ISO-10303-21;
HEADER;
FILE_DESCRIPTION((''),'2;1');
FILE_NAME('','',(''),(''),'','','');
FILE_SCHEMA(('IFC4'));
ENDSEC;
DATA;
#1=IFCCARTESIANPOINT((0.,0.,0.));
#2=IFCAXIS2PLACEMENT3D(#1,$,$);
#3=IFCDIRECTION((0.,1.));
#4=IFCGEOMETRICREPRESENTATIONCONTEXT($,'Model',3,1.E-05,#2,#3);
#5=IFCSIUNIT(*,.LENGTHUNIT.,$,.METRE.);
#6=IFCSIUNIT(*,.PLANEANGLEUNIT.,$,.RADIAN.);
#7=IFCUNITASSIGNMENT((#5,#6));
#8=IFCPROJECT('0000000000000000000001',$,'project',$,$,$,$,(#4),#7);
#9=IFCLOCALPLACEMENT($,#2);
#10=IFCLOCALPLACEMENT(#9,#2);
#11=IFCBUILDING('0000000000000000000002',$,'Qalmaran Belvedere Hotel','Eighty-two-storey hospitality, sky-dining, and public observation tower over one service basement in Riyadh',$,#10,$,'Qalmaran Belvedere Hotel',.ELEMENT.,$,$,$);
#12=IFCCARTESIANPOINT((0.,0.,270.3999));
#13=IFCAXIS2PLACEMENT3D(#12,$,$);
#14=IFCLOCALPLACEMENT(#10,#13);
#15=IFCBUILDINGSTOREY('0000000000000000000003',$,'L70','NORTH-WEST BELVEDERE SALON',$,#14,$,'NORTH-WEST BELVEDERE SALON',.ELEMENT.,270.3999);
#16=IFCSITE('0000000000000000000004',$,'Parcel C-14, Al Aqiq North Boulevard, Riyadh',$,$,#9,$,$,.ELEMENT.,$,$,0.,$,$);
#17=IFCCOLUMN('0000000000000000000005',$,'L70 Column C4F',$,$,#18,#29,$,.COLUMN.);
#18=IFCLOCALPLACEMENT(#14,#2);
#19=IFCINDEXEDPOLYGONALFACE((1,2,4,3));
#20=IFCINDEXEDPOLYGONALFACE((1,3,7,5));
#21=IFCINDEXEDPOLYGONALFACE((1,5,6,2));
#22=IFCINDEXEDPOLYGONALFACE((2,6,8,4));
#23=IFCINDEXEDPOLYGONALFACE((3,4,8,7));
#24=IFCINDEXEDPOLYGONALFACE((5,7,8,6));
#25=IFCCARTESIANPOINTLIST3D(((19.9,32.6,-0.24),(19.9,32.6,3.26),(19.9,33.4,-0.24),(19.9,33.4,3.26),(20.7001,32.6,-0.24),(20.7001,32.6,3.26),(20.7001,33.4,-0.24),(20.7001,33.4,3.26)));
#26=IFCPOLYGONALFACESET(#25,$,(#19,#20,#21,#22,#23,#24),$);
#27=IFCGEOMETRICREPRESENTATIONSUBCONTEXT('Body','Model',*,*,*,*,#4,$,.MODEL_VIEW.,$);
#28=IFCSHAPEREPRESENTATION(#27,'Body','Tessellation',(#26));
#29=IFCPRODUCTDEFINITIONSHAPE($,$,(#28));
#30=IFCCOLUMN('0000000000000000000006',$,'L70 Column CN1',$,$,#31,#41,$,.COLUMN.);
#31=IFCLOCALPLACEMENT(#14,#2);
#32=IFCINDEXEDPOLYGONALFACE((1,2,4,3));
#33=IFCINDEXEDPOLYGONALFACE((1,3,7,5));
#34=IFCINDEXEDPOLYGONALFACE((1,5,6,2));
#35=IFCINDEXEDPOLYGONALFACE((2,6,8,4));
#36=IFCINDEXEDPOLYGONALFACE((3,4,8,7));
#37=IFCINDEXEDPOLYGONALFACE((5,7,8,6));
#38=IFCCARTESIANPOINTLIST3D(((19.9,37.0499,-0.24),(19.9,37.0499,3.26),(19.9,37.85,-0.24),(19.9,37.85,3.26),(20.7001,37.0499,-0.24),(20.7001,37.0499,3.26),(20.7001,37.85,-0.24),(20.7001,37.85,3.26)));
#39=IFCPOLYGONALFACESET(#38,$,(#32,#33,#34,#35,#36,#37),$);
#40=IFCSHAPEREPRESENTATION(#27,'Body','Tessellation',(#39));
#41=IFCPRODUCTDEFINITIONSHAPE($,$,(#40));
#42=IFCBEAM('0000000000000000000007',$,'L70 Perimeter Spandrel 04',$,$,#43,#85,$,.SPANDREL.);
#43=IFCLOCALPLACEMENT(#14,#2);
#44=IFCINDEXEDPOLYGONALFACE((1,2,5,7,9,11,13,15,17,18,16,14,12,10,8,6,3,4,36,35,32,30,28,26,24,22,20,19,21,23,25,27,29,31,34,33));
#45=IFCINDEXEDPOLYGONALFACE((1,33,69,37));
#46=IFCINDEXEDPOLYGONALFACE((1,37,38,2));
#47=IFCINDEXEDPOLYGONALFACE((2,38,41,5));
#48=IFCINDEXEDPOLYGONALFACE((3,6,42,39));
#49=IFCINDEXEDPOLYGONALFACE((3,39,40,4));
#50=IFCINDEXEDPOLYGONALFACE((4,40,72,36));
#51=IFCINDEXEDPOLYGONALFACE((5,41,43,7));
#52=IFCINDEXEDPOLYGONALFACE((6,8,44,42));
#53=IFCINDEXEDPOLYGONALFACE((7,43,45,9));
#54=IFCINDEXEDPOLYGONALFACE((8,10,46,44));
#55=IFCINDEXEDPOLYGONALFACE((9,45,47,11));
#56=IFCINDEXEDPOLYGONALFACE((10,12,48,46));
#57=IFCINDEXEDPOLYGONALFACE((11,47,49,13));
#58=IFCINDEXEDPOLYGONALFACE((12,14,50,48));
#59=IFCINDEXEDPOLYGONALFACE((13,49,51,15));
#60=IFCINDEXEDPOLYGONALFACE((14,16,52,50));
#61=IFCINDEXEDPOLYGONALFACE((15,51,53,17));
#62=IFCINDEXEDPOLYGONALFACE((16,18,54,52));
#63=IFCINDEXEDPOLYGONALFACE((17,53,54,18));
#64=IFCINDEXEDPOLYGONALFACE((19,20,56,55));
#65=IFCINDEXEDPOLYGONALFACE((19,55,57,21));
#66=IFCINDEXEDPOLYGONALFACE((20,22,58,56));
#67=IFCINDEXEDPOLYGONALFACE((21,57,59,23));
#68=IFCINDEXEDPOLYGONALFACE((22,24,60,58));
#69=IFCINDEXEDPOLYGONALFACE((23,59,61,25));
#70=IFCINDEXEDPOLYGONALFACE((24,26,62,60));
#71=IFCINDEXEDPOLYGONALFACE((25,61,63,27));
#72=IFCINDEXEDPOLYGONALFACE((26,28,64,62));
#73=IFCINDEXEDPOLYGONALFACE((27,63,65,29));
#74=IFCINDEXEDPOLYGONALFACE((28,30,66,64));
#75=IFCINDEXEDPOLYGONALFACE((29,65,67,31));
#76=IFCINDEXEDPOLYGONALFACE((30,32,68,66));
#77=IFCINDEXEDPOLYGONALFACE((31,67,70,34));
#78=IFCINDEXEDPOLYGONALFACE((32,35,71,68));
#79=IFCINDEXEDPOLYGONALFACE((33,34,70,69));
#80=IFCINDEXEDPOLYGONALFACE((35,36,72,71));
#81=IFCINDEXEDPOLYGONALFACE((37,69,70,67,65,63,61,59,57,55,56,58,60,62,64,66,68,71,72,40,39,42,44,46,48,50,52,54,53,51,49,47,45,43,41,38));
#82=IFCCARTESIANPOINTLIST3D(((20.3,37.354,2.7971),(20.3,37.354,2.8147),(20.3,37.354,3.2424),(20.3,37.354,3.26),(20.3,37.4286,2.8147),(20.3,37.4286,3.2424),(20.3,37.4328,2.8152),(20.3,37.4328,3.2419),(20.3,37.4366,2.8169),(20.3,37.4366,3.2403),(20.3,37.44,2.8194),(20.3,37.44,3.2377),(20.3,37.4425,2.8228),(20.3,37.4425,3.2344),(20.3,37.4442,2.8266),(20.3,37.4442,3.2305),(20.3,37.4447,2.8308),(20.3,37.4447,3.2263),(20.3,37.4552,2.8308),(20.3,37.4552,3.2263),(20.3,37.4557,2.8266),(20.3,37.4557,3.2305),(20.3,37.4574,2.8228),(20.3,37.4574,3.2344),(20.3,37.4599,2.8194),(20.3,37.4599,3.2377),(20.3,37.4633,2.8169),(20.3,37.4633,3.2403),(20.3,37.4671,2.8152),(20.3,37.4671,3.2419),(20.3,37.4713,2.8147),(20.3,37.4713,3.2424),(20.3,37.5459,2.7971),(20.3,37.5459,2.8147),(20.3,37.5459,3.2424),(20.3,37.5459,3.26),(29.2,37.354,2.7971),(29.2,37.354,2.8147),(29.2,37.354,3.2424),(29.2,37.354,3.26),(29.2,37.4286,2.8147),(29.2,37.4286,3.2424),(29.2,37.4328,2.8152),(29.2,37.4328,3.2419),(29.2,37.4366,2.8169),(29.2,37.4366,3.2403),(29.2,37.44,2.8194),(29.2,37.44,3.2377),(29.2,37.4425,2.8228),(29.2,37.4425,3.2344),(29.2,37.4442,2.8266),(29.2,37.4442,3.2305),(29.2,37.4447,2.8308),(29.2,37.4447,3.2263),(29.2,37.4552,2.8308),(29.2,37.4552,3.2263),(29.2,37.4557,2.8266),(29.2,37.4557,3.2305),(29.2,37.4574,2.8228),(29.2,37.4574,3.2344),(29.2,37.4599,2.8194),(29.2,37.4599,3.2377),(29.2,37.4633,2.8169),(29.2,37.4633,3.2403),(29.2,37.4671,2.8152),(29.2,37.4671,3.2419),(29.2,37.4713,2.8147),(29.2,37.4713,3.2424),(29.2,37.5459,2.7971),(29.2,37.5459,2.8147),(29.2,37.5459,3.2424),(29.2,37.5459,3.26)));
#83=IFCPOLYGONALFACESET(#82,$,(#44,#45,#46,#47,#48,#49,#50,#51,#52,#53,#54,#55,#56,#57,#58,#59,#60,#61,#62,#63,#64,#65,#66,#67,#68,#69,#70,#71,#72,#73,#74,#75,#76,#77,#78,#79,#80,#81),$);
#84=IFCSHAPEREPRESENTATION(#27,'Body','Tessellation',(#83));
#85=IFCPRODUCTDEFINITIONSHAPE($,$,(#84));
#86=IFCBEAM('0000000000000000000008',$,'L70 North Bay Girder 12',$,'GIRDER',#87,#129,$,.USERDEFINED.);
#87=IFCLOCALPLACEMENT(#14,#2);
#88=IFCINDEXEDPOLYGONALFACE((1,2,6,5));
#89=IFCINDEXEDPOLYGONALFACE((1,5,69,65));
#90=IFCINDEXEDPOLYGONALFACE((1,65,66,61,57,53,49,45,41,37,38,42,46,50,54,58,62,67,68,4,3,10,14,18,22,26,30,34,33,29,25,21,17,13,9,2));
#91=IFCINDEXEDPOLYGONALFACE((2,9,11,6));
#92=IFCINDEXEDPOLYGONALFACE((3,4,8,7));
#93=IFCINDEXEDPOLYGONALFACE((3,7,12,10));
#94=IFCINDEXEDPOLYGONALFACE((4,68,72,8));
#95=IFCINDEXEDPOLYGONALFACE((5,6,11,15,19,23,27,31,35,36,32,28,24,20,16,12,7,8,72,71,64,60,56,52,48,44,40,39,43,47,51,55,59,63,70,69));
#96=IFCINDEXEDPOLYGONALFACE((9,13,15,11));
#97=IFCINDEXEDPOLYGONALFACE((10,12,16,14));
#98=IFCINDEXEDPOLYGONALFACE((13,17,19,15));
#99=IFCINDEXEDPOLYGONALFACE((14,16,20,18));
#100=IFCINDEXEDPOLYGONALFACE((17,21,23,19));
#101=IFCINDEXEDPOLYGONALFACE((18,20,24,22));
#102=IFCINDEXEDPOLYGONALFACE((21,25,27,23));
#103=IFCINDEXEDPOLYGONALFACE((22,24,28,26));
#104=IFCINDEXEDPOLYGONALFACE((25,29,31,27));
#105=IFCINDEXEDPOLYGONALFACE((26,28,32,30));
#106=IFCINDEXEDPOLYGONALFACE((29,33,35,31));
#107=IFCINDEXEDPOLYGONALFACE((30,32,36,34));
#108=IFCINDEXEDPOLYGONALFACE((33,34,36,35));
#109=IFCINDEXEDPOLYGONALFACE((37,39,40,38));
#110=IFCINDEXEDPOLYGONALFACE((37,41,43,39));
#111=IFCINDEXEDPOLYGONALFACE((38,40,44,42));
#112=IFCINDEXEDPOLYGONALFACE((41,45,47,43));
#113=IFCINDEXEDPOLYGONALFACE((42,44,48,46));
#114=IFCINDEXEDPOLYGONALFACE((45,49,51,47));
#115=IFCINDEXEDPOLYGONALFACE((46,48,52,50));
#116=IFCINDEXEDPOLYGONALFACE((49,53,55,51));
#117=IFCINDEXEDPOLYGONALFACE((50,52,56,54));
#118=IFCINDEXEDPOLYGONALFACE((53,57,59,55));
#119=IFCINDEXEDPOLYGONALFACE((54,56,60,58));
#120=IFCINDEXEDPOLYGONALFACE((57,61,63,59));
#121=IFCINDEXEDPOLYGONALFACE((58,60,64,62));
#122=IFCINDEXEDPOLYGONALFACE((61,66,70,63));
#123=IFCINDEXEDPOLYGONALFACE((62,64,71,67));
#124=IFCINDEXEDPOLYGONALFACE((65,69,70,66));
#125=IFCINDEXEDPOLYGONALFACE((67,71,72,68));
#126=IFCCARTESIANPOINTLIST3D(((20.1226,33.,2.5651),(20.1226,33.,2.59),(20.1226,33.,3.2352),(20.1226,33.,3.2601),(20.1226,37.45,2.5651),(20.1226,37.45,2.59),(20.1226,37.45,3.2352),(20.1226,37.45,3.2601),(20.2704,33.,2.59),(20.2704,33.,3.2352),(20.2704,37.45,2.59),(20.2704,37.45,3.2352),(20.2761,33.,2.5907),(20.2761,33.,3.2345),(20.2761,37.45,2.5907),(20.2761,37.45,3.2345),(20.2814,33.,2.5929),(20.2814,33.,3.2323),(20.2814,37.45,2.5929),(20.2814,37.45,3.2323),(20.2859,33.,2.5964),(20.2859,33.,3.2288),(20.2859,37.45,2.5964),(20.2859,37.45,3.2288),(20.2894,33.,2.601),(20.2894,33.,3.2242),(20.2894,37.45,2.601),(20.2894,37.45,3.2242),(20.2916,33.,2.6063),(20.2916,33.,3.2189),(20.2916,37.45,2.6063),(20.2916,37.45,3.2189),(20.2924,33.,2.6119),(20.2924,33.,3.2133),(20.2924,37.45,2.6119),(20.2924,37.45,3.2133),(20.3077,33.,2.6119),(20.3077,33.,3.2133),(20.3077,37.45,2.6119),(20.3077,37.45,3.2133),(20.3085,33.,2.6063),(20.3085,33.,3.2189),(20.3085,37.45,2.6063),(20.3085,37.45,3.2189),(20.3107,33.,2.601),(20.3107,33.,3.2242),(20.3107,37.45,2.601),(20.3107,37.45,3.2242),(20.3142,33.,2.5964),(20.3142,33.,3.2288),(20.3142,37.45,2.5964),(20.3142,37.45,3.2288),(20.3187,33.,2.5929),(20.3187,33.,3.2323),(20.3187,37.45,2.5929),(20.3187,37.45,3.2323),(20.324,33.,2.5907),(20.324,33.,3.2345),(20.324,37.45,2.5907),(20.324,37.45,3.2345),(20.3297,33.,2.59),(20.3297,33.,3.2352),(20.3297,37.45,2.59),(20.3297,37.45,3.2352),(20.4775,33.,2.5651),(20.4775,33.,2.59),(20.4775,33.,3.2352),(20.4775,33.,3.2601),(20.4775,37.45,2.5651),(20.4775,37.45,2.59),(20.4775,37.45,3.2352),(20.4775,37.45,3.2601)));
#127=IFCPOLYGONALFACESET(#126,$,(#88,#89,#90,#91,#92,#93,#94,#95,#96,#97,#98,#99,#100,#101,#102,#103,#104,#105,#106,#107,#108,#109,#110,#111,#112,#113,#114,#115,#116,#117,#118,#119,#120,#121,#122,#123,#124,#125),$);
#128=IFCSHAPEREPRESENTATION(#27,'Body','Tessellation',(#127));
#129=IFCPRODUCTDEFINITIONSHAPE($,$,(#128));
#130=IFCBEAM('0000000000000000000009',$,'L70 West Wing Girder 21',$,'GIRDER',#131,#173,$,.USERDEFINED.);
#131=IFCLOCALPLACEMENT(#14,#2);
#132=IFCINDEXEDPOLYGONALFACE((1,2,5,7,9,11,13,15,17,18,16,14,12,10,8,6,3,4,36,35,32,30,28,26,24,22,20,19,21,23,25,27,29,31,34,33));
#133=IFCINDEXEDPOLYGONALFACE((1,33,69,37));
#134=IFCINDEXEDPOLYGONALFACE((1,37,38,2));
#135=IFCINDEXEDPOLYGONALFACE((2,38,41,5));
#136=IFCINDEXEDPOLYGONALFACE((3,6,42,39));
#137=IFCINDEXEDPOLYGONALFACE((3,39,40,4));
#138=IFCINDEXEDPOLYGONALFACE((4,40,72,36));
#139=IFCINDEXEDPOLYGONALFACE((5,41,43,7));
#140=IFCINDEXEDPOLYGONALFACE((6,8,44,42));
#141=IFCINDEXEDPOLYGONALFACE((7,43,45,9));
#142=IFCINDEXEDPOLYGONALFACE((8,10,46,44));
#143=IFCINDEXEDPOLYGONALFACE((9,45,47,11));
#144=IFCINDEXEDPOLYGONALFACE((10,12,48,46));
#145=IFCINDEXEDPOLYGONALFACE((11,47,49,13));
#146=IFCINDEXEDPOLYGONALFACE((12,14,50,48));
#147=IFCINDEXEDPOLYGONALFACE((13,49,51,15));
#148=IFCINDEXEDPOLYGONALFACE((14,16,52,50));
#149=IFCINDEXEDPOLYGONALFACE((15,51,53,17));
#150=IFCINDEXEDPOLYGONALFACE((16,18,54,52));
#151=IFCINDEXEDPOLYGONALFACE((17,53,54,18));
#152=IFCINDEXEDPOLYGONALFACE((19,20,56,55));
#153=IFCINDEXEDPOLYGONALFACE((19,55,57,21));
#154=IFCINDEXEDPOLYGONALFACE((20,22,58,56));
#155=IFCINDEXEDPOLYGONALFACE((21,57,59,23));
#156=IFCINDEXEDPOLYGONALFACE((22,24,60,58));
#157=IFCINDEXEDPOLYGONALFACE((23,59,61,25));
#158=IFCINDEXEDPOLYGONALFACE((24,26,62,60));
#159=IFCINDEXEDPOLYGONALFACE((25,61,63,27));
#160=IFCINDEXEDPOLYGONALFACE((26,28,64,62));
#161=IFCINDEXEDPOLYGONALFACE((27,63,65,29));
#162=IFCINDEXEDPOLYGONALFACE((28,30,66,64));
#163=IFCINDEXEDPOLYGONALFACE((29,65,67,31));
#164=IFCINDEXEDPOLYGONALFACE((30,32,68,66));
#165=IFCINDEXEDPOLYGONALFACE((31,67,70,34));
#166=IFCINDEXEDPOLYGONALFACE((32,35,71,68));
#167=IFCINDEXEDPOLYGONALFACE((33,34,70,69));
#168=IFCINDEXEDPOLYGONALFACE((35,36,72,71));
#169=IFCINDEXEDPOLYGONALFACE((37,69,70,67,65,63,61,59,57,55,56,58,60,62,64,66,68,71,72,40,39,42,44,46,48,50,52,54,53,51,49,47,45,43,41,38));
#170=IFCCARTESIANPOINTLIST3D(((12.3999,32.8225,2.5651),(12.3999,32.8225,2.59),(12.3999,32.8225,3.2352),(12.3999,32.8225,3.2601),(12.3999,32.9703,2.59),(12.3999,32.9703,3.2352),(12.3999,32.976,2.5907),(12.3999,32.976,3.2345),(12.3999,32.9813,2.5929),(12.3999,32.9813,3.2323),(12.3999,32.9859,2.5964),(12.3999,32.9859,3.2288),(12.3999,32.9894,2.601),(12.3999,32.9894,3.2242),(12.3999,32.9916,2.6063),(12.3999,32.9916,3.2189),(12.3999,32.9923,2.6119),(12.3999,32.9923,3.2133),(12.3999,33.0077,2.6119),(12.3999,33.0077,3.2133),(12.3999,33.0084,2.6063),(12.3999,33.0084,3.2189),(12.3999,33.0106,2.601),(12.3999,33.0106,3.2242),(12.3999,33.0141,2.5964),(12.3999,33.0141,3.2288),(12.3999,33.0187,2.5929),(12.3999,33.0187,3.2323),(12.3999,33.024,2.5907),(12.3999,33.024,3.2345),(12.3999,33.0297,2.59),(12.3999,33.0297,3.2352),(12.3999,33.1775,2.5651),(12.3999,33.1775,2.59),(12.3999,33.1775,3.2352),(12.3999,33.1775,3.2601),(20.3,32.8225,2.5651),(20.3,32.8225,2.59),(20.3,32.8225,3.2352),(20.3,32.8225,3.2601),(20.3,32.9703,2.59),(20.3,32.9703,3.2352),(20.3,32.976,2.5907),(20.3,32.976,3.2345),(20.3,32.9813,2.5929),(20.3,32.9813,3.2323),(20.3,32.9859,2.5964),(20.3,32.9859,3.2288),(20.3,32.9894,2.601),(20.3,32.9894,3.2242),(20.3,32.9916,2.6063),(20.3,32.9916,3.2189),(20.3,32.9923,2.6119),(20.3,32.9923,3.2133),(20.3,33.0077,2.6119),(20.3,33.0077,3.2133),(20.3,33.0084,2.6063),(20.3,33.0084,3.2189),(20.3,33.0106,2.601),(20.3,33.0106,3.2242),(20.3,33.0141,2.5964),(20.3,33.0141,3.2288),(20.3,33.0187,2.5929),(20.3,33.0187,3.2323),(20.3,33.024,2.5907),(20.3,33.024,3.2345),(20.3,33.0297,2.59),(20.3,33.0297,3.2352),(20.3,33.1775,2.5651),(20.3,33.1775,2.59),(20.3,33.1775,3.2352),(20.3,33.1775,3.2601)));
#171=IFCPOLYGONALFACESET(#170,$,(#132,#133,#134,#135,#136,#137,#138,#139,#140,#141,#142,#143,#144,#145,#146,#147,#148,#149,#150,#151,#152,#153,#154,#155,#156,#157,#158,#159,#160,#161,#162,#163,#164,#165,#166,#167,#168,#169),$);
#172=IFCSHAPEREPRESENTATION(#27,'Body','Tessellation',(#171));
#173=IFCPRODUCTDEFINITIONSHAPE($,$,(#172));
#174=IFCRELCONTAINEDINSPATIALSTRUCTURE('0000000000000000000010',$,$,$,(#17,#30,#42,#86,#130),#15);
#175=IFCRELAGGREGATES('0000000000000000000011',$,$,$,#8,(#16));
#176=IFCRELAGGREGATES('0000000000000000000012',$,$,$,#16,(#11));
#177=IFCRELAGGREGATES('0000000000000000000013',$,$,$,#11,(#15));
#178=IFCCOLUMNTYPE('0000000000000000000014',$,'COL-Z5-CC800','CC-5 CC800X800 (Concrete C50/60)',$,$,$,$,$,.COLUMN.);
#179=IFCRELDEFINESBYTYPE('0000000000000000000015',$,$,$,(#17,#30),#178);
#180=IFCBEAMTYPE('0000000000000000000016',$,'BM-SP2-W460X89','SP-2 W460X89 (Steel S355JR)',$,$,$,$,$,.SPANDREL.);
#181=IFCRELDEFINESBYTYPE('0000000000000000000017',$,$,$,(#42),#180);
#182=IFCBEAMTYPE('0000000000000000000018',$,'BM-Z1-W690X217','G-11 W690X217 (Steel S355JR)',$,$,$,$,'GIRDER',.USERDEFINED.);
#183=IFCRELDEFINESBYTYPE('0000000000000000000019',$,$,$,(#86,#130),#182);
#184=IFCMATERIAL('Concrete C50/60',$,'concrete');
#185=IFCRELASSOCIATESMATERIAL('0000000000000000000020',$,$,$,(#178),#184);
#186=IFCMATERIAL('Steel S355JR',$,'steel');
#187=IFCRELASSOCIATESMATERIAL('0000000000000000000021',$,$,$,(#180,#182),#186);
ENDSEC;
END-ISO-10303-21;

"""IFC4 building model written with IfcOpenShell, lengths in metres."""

from ifc_helpers import new_model, si_unit, direction, frame, origin, origin_2d, place, context, subcontext, project, spatial, rectangle, i_section, extrude, material, material_profile, profile_set, type_object, element, save


model = new_model("IFC4")

# Units and contexts
model_context = context("Model", 3, precision=1e-05, world=origin(), true_north=direction((0.0, 1.0)))
body_context = subcontext(model_context, "Body", "Model", "MODEL_VIEW")
ifc_project = project(units=[si_unit("LENGTHUNIT", "METRE"), si_unit("PLANEANGLEUNIT", "RADIAN")], contexts=[model_context])

# Site, building, storey
site_placement = place(None, origin())
site = spatial("IfcSite", under=ifc_project, at=site_placement, Name="Parcel C-14, Al Aqiq North Boulevard, Riyadh", CompositionType="ELEMENT", RefElevation=0.0)
building_placement = place(site_placement, origin())
building = spatial("IfcBuilding", under=site, at=building_placement, Name="Qalmaran Belvedere Hotel", Description="Eighty-two-storey hospitality, sky-dining, and public observation tower over one service basement in Riyadh", LongName="Qalmaran Belvedere Hotel", CompositionType="ELEMENT")
storey_placement = place(building_placement, frame((0.0, 0.0, 270.3999)))
storey = spatial("IfcBuildingStorey", under=building, at=storey_placement, Name="L70", Description="NORTH-WEST BELVEDERE SALON", LongName="NORTH-WEST BELVEDERE SALON", CompositionType="ELEMENT", Elevation=270.3999)

# Columns
ifc_material_1 = material(Name="Concrete C50/60", Category="concrete")
ifc_material_profile_1 = material_profile(ifc_material_1, rectangle(XDim=0.8, YDim=0.8, at=origin_2d()), Name="CC800X800")
ifc_profile_set_1 = profile_set([ifc_material_profile_1], Name="Concrete C50/60")
column_type = type_object("IfcColumnType", Name="COL-Z5-CC800", Description="CC-5 CC800X800 (Concrete C50/60)", PredefinedType="COLUMN", material=ifc_profile_set_1)
for number, where, z_axis, x_axis, name in (
    (1, (20.3, 33.0, -0.24), (0.0, 0.0, 1.0), (1.0, 0.0, 0.0), "L70 Column C4F"),
    (2, (20.3, 37.45, -0.24), (0.0, 0.0, 1.0), (1.0, 0.0, 0.0), "L70 Column CN1"),
):
    element("IfcColumn", number, at=place(storey_placement, frame(where, z_axis=z_axis, x_axis=x_axis)), inside=storey, type_object=column_type, Name=name, PredefinedType="COLUMN", context=body_context, shape_type="SweptSolid", body=[
        extrude(rectangle(XDim=0.8, YDim=0.8, at=origin_2d()), origin(), (0.0, 0.0, 1.0), 3.5),
    ])

# Beams
ifc_material_2 = material(Name="Steel S355JR", Category="steel")
ifc_material_profile_2 = material_profile(ifc_material_2, i_section(OverallWidth=0.1919, OverallDepth=0.4629, WebThickness=0.0105, FlangeThickness=0.0176, FilletRadius=0.0161, at=origin_2d()), Name="W460X89")
ifc_profile_set_2 = profile_set([ifc_material_profile_2], Name="Steel S355JR")
beam_type_1 = type_object("IfcBeamType", Name="BM-SP2-W460X89", Description="SP-2 W460X89 (Steel S355JR)", PredefinedType="SPANDREL", material=ifc_profile_set_2)
beam_1_placement = place(storey_placement, frame((20.3, 37.45, 3.0286), z_axis=(1.0, 0.0, 0.0), x_axis=(0.0, 1.0, 0.0)))
element("IfcBeam", 3, at=beam_1_placement, inside=storey, type_object=beam_type_1, Name="L70 Perimeter Spandrel 04", PredefinedType="SPANDREL", context=body_context, shape_type="SweptSolid", body=[
    extrude(i_section(OverallWidth=0.1919, OverallDepth=0.4629, WebThickness=0.0105, FlangeThickness=0.0176, FilletRadius=0.0161, at=origin_2d()), origin(), (0.0, 0.0, 1.0), 8.8999),
])
ifc_material_profile_3 = material_profile(ifc_material_2, i_section(OverallWidth=0.355, OverallDepth=0.6951, WebThickness=0.0154, FlangeThickness=0.0249, FilletRadius=0.022, at=origin_2d()), Name="W690X217")
ifc_profile_set_3 = profile_set([ifc_material_profile_3], Name="Steel S355JR")
beam_type_2 = type_object("IfcBeamType", Name="BM-Z1-W690X217", Description="G-11 W690X217 (Steel S355JR)", ElementType="GIRDER", PredefinedType="USERDEFINED", material=ifc_profile_set_3)
beam_2_placement = place(storey_placement, frame((20.3, 33.0, 2.9126), z_axis=(0.0, 1.0, 0.0), x_axis=(-1.0, 0.0, 0.0)))
element("IfcBeam", 4, at=beam_2_placement, inside=storey, type_object=beam_type_2, Name="L70 North Bay Girder 12", ObjectType="GIRDER", PredefinedType="USERDEFINED", context=body_context, shape_type="SweptSolid", body=[
    extrude(i_section(OverallWidth=0.355, OverallDepth=0.6951, WebThickness=0.0154, FlangeThickness=0.0249, FilletRadius=0.022, at=origin_2d()), origin(), (0.0, 0.0, 1.0), 4.45),
])
beam_3_placement = place(storey_placement, frame((12.3999, 33.0, 2.9126), z_axis=(1.0, 0.0, 0.0), x_axis=(0.0, 1.0, 0.0)))
element("IfcBeam", 5, at=beam_3_placement, inside=storey, type_object=beam_type_2, Name="L70 West Wing Girder 21", ObjectType="GIRDER", PredefinedType="USERDEFINED", context=body_context, shape_type="SweptSolid", body=[
    extrude(i_section(OverallWidth=0.355, OverallDepth=0.6951, WebThickness=0.0154, FlangeThickness=0.0249, FilletRadius=0.022, at=origin_2d()), origin(), (0.0, 0.0, 1.0), 7.9001),
])

save(model, "model.ifc")
